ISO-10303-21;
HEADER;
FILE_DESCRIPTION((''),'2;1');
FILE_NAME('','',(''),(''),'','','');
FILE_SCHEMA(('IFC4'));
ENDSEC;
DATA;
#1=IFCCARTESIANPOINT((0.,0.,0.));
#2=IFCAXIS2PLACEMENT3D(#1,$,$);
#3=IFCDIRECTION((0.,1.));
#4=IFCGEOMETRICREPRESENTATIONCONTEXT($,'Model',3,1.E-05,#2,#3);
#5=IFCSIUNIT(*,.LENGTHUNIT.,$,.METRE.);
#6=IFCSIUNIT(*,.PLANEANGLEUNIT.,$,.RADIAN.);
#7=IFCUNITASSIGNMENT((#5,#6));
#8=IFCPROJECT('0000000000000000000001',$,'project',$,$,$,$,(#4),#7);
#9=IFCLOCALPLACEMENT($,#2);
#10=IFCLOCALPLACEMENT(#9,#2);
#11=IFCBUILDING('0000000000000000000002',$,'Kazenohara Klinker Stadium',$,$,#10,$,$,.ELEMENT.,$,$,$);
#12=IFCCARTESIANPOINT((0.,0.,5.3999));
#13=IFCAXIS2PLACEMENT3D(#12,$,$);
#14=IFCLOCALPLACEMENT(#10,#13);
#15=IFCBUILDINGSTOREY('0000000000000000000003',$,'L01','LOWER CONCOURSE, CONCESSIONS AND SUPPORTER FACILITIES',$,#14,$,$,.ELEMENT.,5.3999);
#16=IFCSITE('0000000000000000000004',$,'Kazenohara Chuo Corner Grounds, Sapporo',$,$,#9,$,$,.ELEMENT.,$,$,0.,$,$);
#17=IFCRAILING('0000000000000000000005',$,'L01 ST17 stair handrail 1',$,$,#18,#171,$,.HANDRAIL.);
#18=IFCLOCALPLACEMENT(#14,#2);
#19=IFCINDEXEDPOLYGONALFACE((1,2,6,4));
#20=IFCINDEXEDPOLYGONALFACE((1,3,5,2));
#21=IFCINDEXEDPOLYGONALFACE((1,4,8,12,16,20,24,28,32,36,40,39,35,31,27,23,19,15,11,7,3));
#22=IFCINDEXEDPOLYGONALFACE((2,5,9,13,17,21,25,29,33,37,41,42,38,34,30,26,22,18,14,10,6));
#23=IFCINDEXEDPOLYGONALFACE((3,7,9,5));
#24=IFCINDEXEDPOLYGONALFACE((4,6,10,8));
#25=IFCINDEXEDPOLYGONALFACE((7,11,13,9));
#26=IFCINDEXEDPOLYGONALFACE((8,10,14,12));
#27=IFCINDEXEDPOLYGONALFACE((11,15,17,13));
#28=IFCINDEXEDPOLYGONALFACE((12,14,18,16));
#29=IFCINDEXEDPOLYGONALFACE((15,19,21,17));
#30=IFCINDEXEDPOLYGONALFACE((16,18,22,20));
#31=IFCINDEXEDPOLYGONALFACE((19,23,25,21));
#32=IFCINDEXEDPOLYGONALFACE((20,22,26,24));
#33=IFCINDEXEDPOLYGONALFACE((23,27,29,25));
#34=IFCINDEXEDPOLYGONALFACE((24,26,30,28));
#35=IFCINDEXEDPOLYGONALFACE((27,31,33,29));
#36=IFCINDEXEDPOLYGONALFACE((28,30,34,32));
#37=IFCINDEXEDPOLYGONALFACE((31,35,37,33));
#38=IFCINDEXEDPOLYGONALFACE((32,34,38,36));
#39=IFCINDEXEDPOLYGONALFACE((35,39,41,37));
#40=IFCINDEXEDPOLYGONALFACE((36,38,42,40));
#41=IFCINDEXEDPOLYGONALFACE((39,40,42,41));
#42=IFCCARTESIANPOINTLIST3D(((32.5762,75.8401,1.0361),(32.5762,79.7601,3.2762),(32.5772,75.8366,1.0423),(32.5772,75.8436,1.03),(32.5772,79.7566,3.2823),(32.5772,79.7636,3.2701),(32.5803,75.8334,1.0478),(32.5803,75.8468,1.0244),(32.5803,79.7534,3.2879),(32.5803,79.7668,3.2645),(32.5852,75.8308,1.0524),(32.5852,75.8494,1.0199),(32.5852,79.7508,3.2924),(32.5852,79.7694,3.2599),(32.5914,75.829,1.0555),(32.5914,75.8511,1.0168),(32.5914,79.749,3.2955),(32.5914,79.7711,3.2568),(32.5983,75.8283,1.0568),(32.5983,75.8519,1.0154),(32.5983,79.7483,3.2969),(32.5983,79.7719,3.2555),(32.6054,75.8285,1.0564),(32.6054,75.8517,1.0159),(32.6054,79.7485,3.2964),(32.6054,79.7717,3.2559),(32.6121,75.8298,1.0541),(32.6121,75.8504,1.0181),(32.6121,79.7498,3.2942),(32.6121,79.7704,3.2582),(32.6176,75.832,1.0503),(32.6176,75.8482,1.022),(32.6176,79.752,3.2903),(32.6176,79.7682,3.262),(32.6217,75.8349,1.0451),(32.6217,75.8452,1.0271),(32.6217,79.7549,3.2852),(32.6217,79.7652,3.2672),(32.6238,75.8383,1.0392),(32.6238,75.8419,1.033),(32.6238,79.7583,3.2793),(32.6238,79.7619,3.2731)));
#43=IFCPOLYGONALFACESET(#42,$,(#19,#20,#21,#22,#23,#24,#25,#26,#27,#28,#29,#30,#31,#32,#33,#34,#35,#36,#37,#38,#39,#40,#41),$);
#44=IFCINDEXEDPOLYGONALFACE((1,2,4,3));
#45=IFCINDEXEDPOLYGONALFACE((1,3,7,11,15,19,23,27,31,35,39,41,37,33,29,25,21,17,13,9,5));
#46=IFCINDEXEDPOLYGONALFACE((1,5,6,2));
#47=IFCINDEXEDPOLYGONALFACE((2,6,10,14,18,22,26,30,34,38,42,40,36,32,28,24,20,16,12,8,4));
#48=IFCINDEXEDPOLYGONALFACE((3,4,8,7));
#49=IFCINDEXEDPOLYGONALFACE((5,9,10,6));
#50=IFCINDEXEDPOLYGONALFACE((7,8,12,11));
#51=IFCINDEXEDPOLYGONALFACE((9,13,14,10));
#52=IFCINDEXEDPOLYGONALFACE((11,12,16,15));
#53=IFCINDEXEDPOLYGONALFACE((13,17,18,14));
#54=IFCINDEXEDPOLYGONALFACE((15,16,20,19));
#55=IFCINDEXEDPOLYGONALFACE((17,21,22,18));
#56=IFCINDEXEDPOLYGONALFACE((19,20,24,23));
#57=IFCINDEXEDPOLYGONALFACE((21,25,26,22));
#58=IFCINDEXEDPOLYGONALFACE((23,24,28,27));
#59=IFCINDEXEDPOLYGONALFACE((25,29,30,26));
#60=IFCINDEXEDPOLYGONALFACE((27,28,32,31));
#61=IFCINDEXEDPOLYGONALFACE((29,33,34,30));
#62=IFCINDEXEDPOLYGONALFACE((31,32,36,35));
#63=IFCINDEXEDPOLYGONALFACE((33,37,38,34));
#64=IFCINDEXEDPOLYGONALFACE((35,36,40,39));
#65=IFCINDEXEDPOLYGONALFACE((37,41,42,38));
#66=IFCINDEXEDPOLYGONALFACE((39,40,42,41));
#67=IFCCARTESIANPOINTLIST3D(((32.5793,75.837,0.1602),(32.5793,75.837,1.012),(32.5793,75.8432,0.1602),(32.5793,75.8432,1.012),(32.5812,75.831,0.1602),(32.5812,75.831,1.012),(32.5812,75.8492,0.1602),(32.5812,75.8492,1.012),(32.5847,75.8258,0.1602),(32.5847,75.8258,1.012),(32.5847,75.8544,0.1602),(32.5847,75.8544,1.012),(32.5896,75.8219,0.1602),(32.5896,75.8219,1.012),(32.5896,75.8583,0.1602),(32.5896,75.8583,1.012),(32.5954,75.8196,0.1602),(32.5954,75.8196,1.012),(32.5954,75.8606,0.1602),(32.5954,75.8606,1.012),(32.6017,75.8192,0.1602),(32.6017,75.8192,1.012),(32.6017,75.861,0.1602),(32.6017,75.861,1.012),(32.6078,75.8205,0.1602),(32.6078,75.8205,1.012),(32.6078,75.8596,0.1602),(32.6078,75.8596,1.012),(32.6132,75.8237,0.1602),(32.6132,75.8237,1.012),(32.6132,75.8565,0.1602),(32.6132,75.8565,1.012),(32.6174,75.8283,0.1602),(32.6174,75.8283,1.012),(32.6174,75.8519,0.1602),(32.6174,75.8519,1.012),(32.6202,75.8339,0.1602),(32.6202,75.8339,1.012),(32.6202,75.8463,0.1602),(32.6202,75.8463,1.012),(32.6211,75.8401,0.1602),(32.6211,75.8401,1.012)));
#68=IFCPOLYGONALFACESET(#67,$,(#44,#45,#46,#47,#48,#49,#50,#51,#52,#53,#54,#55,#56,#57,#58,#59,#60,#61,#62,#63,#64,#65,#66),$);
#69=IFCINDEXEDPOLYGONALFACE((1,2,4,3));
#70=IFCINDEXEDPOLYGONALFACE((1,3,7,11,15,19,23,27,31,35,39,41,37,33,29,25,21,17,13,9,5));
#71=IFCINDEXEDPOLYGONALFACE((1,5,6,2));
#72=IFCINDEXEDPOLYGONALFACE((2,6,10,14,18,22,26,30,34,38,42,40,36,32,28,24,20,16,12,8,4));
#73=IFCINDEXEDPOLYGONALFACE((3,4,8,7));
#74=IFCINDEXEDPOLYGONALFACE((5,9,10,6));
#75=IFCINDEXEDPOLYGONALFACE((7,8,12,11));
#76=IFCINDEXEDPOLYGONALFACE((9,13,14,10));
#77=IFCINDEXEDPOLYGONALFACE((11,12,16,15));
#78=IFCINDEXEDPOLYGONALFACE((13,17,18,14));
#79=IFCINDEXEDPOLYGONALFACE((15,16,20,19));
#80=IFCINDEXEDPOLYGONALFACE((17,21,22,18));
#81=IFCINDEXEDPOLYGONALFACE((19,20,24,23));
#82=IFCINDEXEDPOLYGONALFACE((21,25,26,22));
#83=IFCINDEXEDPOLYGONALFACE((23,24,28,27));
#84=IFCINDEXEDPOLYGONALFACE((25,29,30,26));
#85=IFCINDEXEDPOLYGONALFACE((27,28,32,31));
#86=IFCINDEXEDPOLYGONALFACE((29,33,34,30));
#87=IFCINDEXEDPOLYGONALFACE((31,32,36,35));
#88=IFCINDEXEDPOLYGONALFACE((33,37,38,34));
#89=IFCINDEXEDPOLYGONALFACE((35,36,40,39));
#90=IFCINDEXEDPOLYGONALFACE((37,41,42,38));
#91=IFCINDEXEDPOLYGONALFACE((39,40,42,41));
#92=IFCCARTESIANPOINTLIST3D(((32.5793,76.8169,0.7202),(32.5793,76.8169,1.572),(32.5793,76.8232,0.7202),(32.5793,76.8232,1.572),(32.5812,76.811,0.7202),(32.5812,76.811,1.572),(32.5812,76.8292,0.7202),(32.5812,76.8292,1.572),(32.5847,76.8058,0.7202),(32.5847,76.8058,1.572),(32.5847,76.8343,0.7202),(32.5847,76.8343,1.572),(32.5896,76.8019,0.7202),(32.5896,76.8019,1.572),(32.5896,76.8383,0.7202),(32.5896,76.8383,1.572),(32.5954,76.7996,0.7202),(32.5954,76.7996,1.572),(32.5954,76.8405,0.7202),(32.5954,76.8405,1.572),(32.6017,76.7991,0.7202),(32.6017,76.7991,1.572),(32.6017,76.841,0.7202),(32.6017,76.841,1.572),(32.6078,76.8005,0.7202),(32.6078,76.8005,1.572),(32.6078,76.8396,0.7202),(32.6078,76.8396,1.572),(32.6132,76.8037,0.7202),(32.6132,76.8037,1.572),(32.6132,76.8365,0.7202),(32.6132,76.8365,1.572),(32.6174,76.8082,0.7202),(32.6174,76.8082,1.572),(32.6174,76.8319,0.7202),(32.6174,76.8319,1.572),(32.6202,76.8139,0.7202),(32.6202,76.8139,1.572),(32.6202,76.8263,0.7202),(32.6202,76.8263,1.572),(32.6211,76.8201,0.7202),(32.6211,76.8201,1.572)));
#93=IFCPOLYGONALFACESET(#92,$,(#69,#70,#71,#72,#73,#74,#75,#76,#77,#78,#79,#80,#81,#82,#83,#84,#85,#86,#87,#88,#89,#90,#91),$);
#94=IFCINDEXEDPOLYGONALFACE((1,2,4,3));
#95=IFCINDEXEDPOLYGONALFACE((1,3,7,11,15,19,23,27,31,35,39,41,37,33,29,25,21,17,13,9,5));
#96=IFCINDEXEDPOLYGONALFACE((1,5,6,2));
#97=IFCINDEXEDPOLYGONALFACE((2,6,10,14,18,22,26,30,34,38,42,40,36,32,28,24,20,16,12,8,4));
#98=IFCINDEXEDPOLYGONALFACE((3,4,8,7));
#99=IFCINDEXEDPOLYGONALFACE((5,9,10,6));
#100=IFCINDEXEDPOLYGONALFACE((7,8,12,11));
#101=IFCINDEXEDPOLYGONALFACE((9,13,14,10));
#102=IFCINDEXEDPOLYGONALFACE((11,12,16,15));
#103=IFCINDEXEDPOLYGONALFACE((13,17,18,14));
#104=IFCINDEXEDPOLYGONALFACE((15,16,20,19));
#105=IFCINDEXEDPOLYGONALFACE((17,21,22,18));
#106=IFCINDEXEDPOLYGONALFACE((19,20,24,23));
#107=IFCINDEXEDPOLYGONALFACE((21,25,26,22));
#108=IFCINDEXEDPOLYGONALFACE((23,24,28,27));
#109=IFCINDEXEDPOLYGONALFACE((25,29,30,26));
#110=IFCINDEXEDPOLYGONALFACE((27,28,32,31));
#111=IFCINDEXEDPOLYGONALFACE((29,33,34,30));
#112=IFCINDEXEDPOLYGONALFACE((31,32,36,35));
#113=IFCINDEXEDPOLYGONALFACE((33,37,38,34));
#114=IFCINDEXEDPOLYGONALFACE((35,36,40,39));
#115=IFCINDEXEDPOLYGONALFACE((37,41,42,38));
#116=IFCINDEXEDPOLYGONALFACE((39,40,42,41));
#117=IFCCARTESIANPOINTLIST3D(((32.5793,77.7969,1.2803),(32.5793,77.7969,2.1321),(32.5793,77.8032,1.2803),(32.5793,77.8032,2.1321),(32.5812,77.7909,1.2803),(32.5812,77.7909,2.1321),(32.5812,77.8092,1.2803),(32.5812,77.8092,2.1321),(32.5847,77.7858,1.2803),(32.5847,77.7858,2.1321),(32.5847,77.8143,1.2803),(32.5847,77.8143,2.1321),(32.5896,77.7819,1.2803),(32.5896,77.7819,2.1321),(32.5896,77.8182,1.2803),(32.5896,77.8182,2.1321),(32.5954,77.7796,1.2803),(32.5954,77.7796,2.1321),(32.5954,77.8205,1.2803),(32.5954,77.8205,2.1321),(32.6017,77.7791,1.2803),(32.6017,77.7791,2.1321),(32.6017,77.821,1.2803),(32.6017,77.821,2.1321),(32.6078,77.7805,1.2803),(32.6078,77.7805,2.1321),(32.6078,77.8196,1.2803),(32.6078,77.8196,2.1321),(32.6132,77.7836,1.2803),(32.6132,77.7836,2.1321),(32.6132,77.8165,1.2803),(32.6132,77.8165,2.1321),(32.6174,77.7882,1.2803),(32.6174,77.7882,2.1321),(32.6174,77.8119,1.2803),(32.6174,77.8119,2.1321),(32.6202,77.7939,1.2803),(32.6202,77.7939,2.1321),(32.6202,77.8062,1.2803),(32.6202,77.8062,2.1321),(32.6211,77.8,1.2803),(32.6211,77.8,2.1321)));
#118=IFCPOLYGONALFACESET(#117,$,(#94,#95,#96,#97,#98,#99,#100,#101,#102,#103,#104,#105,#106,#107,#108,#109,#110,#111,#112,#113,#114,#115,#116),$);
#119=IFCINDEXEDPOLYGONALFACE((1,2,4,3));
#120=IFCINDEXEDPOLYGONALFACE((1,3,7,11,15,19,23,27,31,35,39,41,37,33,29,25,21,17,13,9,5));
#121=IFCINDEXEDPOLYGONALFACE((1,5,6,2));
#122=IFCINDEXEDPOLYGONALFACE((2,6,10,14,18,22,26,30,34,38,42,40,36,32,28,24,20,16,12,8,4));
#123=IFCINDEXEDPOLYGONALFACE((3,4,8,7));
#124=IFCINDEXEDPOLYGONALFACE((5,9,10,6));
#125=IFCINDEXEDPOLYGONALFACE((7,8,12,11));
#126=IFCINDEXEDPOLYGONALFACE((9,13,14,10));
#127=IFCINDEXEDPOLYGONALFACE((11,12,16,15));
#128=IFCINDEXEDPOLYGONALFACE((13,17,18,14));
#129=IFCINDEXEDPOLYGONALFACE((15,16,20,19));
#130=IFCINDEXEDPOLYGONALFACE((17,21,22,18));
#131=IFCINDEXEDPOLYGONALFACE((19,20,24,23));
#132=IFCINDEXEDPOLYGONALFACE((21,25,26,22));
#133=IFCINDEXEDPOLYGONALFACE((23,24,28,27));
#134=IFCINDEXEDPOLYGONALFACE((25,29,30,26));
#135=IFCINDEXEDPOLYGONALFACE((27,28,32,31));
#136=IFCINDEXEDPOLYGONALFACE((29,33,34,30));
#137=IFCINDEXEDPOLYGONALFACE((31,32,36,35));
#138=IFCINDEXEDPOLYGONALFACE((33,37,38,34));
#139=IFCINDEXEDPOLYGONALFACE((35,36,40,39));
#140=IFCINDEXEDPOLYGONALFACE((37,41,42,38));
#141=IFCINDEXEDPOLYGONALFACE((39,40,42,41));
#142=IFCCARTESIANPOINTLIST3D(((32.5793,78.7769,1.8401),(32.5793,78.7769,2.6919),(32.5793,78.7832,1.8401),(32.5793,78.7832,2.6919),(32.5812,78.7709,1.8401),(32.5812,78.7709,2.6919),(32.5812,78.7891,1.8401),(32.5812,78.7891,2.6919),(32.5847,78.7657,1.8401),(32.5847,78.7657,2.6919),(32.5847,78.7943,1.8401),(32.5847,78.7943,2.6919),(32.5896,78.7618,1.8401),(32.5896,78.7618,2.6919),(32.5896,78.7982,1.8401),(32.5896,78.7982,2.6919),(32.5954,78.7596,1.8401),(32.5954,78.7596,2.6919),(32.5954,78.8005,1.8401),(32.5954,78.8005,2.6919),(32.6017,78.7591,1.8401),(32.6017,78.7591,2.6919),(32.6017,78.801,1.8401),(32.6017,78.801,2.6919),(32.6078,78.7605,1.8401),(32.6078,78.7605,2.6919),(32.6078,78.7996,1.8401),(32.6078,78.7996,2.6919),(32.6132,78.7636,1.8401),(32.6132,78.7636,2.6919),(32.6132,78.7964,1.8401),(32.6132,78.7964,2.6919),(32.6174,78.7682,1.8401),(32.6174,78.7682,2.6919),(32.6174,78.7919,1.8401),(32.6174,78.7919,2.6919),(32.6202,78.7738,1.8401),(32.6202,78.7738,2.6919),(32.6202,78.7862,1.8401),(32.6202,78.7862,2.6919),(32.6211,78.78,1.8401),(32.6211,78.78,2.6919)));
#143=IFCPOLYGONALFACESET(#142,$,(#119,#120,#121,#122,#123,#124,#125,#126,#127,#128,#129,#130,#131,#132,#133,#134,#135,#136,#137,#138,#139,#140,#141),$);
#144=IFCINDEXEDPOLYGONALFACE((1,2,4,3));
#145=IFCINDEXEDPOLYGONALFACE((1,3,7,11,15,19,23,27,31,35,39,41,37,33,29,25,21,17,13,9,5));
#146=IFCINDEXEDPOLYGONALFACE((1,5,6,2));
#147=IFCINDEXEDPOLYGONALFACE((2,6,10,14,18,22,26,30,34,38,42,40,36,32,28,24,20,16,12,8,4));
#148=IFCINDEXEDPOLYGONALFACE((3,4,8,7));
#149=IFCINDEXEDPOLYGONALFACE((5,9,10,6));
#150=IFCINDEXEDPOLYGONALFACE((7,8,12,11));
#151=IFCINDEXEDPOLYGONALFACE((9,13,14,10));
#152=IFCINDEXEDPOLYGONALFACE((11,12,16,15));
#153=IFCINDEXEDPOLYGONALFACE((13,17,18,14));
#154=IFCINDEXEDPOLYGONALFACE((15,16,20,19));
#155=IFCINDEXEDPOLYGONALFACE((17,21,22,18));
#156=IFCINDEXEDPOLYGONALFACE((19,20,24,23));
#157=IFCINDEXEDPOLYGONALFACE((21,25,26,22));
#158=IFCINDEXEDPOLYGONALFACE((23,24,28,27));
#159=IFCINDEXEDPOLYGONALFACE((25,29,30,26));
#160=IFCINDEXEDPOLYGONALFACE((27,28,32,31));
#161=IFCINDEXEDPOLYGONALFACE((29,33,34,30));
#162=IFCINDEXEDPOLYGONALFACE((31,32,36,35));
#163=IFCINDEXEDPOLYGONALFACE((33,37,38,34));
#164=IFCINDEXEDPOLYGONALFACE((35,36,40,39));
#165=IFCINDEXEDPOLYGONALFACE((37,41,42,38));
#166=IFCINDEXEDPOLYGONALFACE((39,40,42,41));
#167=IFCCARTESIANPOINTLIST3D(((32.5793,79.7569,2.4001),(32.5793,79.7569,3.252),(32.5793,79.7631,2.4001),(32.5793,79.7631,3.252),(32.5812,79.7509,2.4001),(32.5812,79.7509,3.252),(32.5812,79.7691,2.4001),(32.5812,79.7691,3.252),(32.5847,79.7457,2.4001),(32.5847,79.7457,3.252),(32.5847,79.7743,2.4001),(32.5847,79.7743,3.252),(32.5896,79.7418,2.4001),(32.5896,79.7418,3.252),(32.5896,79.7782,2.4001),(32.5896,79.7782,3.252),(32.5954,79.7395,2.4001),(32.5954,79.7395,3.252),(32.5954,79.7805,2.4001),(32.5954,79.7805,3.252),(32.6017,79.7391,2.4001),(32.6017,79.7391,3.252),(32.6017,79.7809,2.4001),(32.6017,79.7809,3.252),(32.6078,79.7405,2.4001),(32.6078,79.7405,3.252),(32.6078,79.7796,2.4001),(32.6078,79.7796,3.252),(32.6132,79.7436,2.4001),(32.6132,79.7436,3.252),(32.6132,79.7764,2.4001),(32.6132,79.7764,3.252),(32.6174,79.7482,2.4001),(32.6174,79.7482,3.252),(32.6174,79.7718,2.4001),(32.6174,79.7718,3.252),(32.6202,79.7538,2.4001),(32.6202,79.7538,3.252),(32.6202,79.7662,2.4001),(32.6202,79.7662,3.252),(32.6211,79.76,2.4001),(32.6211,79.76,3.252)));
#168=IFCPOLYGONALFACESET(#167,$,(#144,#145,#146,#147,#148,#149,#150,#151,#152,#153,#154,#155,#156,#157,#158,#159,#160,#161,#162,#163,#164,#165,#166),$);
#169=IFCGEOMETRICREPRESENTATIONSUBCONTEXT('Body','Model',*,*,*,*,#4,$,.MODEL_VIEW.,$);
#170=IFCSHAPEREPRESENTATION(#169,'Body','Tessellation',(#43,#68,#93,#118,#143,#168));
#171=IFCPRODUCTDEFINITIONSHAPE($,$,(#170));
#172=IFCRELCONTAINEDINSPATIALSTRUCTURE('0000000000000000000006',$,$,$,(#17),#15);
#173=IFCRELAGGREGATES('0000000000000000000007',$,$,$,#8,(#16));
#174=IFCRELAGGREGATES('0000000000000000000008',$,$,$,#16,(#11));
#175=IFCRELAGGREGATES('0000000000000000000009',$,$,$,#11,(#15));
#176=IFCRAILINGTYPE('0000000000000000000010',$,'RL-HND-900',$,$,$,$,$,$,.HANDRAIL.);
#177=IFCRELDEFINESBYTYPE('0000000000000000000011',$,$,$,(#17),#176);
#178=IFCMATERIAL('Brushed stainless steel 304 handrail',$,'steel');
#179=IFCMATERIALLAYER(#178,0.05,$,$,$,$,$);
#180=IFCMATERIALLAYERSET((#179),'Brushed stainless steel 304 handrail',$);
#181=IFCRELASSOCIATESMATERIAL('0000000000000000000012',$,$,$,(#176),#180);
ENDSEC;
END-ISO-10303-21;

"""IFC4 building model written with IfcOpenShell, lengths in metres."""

from ifc_helpers import new_model, si_unit, direction, frame, origin, origin_2d, place, context, subcontext, project, spatial, circle, extrude, material, layer, layer_set, type_object, element, save


model = new_model("IFC4")

# Units and contexts
model_context = context("Model", 3, precision=1e-05, world=origin(), true_north=direction((0.0, 1.0)))
body_context = subcontext(model_context, "Body", "Model", "MODEL_VIEW")
ifc_project = project(units=[si_unit("LENGTHUNIT", "METRE"), si_unit("PLANEANGLEUNIT", "RADIAN")], contexts=[model_context])

# Site, building, storey
site_placement = place(None, origin())
site = spatial("IfcSite", under=ifc_project, at=site_placement, Name="Kazenohara Chuo Corner Grounds, Sapporo", CompositionType="ELEMENT", RefElevation=0.0)
building_placement = place(site_placement, origin())
building = spatial("IfcBuilding", under=site, at=building_placement, Name="Kazenohara Klinker Stadium", CompositionType="ELEMENT")
storey_placement = place(building_placement, frame((0.0, 0.0, 5.3999)))
storey = spatial("IfcBuildingStorey", under=building, at=storey_placement, Name="L01", Description="LOWER CONCOURSE, CONCESSIONS AND SUPPORTER FACILITIES", CompositionType="ELEMENT", Elevation=5.3999)

# Railing
ifc_material_1 = material(Name="Brushed stainless steel 304 handrail", Category="steel")
ifc_layer_1 = layer(ifc_material_1, 0.05)
ifc_layer_set_1 = layer_set([ifc_layer_1], Name="Brushed stainless steel 304 handrail")
railing_type_1 = type_object("IfcRailingType", Name="RL-HND-900", PredefinedType="HANDRAIL", material=ifc_layer_set_1)
railing_1_placement = place(storey_placement, frame((32.6001, 75.8401, 0.1602)))
element("IfcRailing", 1, at=railing_1_placement, inside=storey, type_object=railing_type_1, Name="L01 ST17 stair handrail 1", PredefinedType="HANDRAIL", context=body_context, shape_type="SweptSolid", body=[
    extrude(circle(Radius=0.0239, at=origin_2d()), frame((0.0, 0.0, 0.876), z_axis=(0.0, 0.86824, 0.496145), x_axis=(-1.0, 0.0, 0.0)), (0.0, 0.0, 1.0), 4.5149),
    extrude(circle(Radius=0.021, at=origin_2d()), origin(), (0.0, 0.0, 1.0), 0.8518),
    extrude(circle(Radius=0.021, at=origin_2d()), frame((0.0, 0.98, 0.5601)), (0.0, 0.0, 1.0), 0.8518),
    extrude(circle(Radius=0.021, at=origin_2d()), frame((0.0, 1.96, 1.1201)), (0.0, 0.0, 1.0), 0.8518),
    extrude(circle(Radius=0.021, at=origin_2d()), frame((0.0, 2.9399, 1.6799)), (0.0, 0.0, 1.0), 0.8518),
    extrude(circle(Radius=0.021, at=origin_2d()), frame((0.0, 3.9199, 2.24)), (0.0, 0.0, 1.0), 0.8518),
])

save(model, "model.ifc")
